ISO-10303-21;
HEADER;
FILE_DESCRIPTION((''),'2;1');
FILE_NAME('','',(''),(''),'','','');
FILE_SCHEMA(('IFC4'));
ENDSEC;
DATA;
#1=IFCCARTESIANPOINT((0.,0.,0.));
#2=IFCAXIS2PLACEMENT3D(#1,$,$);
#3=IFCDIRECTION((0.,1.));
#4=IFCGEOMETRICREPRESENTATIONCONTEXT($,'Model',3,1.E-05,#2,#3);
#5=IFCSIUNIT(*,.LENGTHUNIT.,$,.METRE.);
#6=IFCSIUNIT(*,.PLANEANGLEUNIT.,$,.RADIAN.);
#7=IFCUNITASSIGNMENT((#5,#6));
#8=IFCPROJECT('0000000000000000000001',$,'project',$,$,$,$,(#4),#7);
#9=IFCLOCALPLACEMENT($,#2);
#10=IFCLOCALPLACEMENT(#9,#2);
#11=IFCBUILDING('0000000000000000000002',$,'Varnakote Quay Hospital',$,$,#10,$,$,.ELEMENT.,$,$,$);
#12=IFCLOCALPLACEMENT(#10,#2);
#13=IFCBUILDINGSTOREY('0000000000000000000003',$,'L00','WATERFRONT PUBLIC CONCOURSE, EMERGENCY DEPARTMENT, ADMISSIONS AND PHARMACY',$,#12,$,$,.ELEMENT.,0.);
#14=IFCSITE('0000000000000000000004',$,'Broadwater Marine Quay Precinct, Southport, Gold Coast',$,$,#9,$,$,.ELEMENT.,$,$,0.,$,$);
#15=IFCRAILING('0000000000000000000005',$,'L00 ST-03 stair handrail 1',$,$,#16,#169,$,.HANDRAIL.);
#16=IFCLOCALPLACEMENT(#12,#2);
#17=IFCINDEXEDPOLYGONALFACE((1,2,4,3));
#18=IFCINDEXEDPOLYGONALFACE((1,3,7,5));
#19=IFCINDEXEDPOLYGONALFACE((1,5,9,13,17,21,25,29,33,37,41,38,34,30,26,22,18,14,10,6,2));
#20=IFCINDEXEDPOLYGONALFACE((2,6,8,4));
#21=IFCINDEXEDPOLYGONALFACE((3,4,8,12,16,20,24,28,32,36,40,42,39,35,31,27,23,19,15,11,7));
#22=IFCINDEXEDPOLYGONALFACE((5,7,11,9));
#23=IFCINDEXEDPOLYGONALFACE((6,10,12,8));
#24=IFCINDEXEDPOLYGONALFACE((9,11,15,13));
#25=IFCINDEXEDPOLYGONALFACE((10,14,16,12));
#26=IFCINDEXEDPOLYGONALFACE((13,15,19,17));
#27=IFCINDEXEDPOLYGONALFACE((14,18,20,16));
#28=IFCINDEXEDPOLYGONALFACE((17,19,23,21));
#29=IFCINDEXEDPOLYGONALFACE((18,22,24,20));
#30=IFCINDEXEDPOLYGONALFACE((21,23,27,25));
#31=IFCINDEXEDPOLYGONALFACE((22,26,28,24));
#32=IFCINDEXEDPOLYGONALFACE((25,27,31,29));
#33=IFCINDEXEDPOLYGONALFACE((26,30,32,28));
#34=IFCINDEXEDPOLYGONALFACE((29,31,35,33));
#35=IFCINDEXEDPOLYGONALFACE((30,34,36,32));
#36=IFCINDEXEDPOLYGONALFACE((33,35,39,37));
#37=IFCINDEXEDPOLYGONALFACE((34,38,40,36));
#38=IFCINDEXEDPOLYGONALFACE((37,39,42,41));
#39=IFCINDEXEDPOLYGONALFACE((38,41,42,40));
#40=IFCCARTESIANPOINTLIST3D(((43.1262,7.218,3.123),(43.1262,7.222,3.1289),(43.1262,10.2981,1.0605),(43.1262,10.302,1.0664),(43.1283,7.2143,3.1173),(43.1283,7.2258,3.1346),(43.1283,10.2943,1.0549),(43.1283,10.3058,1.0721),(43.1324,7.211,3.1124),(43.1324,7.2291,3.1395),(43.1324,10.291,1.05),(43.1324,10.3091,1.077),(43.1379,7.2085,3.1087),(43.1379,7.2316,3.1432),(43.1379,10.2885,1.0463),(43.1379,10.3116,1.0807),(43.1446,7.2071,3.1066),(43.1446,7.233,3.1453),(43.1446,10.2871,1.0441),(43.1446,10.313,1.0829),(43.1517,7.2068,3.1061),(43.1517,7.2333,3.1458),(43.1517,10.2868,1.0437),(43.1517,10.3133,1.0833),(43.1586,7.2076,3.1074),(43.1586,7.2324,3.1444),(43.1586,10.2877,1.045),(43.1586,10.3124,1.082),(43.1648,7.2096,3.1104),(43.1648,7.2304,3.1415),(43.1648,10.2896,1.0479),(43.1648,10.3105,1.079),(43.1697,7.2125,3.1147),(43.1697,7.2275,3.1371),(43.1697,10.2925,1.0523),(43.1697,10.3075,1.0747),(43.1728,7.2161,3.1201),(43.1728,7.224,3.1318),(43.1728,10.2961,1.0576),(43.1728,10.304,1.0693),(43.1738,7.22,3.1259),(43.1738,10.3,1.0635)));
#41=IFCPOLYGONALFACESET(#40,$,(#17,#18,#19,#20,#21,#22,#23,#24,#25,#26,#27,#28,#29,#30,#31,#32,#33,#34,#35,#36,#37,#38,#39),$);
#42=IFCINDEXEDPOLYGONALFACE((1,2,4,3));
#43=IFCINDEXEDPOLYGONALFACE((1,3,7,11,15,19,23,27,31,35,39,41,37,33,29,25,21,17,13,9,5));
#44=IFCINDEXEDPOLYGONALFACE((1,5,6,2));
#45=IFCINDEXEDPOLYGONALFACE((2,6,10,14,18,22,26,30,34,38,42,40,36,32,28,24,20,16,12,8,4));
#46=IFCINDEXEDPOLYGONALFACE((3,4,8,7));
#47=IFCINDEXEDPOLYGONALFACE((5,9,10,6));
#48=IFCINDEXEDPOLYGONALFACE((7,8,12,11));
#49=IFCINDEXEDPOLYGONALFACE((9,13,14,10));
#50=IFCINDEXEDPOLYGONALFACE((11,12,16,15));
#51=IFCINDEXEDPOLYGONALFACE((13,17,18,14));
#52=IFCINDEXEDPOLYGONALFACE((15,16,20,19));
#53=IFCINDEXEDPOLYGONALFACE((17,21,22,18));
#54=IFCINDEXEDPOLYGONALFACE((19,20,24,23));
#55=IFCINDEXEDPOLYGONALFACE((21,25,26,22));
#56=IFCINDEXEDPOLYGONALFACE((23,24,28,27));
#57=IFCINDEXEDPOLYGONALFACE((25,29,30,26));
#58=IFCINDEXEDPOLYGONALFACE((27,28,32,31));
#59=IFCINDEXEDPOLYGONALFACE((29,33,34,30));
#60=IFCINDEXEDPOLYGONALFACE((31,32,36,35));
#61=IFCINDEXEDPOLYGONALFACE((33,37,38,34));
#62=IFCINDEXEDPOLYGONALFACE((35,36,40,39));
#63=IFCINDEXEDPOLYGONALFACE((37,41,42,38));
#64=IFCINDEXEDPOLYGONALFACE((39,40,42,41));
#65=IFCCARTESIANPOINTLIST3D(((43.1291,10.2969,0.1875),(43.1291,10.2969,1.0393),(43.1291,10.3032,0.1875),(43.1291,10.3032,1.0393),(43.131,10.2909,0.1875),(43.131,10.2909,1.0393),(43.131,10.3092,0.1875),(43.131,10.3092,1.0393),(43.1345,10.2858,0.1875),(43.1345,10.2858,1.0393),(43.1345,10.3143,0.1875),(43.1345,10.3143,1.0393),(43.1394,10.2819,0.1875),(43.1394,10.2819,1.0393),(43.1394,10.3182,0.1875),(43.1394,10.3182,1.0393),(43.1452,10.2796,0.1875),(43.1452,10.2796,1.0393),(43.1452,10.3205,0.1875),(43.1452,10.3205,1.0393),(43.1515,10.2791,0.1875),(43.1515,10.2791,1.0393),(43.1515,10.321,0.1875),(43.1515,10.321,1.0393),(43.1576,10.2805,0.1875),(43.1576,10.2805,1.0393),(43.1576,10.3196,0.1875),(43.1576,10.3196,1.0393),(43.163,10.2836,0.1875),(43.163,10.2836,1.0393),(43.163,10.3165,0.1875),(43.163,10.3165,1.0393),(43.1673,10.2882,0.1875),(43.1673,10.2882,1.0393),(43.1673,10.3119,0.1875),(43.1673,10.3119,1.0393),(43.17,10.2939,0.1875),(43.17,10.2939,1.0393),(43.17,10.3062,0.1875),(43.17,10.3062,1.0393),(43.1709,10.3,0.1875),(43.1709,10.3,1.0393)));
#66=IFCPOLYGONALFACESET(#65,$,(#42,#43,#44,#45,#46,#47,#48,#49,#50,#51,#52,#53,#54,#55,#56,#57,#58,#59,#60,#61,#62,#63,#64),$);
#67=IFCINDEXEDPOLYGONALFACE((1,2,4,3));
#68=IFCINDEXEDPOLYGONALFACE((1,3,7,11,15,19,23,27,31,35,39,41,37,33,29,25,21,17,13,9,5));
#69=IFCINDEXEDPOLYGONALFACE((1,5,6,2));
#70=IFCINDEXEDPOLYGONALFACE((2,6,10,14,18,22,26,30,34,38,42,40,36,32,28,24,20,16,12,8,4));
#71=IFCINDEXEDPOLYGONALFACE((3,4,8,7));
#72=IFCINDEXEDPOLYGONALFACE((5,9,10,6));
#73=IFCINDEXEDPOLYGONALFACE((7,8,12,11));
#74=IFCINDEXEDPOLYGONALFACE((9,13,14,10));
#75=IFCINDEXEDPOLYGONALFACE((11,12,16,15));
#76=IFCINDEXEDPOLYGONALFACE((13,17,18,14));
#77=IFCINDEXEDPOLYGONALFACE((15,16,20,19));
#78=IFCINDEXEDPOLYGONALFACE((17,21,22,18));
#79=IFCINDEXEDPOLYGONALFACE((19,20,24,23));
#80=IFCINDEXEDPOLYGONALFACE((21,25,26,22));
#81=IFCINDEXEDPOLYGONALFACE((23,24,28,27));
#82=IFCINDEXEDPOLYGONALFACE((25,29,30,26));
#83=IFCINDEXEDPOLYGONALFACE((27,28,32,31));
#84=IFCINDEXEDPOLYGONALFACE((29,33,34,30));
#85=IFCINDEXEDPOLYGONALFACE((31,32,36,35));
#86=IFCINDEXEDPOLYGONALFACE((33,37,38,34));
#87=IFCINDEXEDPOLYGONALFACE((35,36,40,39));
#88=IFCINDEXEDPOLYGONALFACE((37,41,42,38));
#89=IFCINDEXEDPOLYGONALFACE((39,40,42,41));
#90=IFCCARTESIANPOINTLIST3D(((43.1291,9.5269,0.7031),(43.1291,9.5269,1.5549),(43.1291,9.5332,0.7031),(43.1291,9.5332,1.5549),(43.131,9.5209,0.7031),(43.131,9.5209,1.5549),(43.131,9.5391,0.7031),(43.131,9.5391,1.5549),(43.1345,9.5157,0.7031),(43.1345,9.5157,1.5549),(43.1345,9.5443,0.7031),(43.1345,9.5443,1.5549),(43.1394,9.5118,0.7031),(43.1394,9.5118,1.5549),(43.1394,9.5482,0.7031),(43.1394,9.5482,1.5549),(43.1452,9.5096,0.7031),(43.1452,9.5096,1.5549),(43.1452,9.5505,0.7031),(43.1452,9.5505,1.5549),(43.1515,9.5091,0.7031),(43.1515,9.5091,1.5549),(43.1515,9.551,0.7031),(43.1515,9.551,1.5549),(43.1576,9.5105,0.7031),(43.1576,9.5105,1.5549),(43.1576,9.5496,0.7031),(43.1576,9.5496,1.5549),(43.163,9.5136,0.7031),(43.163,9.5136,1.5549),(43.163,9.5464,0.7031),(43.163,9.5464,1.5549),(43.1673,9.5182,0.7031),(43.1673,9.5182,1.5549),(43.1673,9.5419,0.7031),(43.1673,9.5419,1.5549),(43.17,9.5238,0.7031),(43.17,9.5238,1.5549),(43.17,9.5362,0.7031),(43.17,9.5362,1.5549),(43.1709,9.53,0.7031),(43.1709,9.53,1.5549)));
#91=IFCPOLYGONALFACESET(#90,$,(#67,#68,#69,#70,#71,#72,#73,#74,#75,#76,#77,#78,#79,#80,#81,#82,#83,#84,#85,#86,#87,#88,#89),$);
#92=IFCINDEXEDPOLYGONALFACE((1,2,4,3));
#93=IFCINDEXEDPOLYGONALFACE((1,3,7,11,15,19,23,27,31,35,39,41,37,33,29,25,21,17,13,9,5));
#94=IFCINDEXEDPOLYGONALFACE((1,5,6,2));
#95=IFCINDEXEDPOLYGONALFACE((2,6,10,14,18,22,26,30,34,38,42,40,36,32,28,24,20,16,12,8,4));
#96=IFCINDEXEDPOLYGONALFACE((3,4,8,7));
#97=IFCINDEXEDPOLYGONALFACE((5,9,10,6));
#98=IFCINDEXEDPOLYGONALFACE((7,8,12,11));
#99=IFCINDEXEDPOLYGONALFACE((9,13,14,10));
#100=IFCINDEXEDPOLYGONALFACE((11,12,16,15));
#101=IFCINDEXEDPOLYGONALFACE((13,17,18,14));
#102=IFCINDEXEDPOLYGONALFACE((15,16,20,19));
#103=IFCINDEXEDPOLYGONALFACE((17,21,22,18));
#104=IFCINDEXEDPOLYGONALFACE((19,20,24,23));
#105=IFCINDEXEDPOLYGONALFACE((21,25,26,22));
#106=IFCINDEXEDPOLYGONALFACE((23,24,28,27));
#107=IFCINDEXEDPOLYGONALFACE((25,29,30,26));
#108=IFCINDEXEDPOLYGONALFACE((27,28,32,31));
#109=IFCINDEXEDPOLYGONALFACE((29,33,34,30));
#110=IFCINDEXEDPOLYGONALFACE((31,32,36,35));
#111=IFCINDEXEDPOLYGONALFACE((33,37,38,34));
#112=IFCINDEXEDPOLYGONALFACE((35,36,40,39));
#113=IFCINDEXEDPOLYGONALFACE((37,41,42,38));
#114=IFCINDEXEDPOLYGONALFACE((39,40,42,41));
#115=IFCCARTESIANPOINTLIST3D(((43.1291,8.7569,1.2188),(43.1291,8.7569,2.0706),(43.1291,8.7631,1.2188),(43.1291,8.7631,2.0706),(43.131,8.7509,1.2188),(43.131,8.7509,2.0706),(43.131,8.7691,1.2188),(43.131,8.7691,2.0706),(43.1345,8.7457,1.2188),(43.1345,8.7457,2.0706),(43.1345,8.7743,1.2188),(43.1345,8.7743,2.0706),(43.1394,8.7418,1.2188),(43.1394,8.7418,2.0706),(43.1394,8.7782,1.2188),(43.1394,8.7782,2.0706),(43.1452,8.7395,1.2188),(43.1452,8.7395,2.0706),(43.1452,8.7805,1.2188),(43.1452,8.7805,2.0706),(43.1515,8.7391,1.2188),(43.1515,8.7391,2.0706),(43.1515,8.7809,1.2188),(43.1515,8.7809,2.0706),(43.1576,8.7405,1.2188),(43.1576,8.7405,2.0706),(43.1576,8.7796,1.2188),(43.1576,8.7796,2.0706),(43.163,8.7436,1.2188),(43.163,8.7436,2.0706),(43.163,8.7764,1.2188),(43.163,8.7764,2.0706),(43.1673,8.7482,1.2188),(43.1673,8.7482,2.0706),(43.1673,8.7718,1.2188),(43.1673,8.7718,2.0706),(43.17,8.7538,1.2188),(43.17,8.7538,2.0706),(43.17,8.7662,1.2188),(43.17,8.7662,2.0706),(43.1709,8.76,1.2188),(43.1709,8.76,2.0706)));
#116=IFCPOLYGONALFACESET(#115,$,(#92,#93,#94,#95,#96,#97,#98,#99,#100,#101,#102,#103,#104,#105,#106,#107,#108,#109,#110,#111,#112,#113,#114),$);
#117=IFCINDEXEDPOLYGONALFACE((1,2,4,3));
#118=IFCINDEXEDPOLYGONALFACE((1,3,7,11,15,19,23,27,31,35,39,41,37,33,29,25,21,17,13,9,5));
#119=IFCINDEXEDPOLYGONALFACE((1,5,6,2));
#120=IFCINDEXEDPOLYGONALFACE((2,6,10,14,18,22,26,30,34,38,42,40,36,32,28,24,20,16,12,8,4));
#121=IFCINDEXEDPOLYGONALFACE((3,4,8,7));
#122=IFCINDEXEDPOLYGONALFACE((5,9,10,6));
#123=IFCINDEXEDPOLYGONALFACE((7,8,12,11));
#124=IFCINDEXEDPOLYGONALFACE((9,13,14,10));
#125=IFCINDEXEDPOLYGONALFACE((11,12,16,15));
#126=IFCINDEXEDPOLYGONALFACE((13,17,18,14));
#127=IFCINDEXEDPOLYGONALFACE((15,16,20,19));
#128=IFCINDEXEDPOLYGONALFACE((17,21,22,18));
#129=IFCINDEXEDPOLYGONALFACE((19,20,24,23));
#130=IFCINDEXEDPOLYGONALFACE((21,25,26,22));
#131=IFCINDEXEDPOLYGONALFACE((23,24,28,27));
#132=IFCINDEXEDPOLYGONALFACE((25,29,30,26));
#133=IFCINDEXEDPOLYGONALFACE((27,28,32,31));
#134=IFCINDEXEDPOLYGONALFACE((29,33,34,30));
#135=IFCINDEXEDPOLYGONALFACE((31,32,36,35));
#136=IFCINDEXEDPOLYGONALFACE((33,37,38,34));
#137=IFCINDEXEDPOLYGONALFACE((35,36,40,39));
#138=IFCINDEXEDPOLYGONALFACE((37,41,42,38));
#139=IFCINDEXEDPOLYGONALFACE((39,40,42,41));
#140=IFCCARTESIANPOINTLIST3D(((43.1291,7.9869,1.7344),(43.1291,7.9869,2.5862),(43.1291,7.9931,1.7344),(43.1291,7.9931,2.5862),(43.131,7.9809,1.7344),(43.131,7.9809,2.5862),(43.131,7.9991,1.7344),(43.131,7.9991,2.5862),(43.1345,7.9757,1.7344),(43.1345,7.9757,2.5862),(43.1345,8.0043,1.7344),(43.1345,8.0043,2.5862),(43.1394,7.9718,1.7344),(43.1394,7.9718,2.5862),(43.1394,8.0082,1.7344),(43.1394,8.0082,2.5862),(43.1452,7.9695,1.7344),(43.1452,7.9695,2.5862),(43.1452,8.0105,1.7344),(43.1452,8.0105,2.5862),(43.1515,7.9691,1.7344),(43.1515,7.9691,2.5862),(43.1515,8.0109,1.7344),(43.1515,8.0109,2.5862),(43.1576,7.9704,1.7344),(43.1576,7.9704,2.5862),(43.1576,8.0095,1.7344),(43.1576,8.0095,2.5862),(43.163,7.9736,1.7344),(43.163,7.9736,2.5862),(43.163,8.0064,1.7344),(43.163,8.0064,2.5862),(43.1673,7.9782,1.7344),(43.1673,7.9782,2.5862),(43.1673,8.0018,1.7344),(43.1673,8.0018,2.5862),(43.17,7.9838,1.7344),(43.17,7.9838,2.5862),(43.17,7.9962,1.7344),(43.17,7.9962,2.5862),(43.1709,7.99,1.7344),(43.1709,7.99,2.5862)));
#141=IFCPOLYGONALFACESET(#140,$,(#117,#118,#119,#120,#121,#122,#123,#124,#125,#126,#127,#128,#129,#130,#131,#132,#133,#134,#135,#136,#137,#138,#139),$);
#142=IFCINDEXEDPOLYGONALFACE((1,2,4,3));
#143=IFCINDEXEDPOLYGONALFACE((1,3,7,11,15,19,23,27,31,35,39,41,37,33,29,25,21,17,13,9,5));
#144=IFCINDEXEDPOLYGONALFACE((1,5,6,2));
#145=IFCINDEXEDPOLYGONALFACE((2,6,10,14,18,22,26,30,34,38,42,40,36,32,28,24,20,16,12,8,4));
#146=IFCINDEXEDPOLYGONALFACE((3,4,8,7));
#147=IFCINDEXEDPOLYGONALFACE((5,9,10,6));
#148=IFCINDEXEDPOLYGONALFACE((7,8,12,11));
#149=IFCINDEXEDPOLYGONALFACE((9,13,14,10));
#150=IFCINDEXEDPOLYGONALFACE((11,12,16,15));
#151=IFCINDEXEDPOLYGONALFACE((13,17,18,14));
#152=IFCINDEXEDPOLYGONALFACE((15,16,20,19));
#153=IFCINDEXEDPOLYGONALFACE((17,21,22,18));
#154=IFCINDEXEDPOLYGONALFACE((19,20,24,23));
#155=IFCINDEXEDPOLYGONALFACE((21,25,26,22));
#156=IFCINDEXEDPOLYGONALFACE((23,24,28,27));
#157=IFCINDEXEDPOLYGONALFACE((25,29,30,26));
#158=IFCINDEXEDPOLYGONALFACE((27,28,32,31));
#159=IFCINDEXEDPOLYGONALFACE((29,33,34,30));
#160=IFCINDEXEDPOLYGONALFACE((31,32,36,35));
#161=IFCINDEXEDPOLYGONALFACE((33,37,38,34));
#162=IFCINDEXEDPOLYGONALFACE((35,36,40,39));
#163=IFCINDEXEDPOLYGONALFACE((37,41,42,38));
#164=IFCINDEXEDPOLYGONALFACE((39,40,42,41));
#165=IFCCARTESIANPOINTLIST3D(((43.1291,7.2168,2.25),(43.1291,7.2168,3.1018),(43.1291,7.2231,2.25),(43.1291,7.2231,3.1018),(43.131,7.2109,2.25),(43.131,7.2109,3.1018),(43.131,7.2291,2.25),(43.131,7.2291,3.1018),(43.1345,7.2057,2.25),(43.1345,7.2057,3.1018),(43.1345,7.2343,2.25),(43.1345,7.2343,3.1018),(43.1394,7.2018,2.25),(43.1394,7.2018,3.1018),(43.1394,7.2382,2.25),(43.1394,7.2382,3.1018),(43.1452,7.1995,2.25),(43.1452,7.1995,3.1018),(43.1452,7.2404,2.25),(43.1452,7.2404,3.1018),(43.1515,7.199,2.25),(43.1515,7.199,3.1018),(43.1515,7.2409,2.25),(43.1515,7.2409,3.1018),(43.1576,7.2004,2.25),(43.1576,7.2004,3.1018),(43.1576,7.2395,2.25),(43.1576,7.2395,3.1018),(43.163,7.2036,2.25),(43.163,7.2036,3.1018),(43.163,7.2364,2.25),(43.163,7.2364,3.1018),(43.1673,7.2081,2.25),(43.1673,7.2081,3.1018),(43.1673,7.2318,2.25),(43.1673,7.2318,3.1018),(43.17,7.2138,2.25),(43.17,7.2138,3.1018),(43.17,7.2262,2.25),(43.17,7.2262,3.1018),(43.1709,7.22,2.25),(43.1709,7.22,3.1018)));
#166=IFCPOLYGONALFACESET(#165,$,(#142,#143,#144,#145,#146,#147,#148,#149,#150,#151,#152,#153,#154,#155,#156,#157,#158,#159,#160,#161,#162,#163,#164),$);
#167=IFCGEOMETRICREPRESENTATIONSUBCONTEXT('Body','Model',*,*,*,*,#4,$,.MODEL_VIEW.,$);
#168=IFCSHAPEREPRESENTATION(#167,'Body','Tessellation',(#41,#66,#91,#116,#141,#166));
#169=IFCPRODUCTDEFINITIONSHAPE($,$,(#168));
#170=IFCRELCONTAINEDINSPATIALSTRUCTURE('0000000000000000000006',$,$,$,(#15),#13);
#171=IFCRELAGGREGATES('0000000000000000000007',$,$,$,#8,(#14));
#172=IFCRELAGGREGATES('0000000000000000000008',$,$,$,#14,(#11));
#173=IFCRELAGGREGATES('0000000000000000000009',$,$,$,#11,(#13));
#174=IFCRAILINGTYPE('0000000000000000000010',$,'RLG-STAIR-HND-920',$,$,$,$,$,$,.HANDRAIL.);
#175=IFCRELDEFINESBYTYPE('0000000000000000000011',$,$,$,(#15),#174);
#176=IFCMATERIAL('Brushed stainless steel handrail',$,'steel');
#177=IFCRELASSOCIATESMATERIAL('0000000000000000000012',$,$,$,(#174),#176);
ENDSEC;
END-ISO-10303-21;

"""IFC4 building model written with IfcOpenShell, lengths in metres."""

from ifc_helpers import new_model, si_unit, direction, frame, origin, origin_2d, place, context, subcontext, project, spatial, circle, extrude, material, type_object, element, save


model = new_model("IFC4")

# Units and contexts
model_context = context("Model", 3, precision=1e-05, world=origin(), true_north=direction((0.0, 1.0)))
body_context = subcontext(model_context, "Body", "Model", "MODEL_VIEW")
ifc_project = project(units=[si_unit("LENGTHUNIT", "METRE"), si_unit("PLANEANGLEUNIT", "RADIAN")], contexts=[model_context])

# Site, building, storey
site_placement = place(None, origin())
site = spatial("IfcSite", under=ifc_project, at=site_placement, Name="Broadwater Marine Quay Precinct, Southport, Gold Coast", CompositionType="ELEMENT", RefElevation=0.0)
building_placement = place(site_placement, origin())
building = spatial("IfcBuilding", under=site, at=building_placement, Name="Varnakote Quay Hospital", CompositionType="ELEMENT")
storey_placement = place(building_placement, origin())
storey = spatial("IfcBuildingStorey", under=building, at=storey_placement, Name="L00", Description="WATERFRONT PUBLIC CONCOURSE, EMERGENCY DEPARTMENT, ADMISSIONS AND PHARMACY", CompositionType="ELEMENT", Elevation=0.0)

# Railing
ifc_material_1 = material(Name="Brushed stainless steel handrail", Category="steel")
railing_type_1 = type_object("IfcRailingType", Name="RLG-STAIR-HND-920", PredefinedType="HANDRAIL", material=ifc_material_1)
railing_1_placement = place(storey_placement, frame((43.1499, 10.3, 0.1875)))
element("IfcRailing", 1, at=railing_1_placement, inside=storey, type_object=railing_type_1, Name="L00 ST-03 stair handrail 1", PredefinedType="HANDRAIL", context=body_context, shape_type="SweptSolid", body=[
    extrude(circle(Radius=0.0239, at=origin_2d()), frame((0.0, 0.0, 0.876), z_axis=(0.0, -0.830914, 0.556401), x_axis=(1.0, 0.0, 0.0)), (0.0, 0.0, 1.0), 3.7068),
    extrude(circle(Radius=0.021, at=origin_2d()), origin(), (0.0, 0.0, 1.0), 0.8518),
    extrude(circle(Radius=0.021, at=origin_2d()), frame((0.0, -0.77, 0.5156)), (0.0, 0.0, 1.0), 0.8518),
    extrude(circle(Radius=0.021, at=origin_2d()), frame((0.0, -1.54, 1.0312)), (0.0, 0.0, 1.0), 0.8518),
    extrude(circle(Radius=0.021, at=origin_2d()), frame((0.0, -2.3101, 1.5469)), (0.0, 0.0, 1.0), 0.8518),
    extrude(circle(Radius=0.021, at=origin_2d()), frame((0.0, -3.0801, 2.0625)), (0.0, 0.0, 1.0), 0.8518),
])

save(model, "model.ifc")
